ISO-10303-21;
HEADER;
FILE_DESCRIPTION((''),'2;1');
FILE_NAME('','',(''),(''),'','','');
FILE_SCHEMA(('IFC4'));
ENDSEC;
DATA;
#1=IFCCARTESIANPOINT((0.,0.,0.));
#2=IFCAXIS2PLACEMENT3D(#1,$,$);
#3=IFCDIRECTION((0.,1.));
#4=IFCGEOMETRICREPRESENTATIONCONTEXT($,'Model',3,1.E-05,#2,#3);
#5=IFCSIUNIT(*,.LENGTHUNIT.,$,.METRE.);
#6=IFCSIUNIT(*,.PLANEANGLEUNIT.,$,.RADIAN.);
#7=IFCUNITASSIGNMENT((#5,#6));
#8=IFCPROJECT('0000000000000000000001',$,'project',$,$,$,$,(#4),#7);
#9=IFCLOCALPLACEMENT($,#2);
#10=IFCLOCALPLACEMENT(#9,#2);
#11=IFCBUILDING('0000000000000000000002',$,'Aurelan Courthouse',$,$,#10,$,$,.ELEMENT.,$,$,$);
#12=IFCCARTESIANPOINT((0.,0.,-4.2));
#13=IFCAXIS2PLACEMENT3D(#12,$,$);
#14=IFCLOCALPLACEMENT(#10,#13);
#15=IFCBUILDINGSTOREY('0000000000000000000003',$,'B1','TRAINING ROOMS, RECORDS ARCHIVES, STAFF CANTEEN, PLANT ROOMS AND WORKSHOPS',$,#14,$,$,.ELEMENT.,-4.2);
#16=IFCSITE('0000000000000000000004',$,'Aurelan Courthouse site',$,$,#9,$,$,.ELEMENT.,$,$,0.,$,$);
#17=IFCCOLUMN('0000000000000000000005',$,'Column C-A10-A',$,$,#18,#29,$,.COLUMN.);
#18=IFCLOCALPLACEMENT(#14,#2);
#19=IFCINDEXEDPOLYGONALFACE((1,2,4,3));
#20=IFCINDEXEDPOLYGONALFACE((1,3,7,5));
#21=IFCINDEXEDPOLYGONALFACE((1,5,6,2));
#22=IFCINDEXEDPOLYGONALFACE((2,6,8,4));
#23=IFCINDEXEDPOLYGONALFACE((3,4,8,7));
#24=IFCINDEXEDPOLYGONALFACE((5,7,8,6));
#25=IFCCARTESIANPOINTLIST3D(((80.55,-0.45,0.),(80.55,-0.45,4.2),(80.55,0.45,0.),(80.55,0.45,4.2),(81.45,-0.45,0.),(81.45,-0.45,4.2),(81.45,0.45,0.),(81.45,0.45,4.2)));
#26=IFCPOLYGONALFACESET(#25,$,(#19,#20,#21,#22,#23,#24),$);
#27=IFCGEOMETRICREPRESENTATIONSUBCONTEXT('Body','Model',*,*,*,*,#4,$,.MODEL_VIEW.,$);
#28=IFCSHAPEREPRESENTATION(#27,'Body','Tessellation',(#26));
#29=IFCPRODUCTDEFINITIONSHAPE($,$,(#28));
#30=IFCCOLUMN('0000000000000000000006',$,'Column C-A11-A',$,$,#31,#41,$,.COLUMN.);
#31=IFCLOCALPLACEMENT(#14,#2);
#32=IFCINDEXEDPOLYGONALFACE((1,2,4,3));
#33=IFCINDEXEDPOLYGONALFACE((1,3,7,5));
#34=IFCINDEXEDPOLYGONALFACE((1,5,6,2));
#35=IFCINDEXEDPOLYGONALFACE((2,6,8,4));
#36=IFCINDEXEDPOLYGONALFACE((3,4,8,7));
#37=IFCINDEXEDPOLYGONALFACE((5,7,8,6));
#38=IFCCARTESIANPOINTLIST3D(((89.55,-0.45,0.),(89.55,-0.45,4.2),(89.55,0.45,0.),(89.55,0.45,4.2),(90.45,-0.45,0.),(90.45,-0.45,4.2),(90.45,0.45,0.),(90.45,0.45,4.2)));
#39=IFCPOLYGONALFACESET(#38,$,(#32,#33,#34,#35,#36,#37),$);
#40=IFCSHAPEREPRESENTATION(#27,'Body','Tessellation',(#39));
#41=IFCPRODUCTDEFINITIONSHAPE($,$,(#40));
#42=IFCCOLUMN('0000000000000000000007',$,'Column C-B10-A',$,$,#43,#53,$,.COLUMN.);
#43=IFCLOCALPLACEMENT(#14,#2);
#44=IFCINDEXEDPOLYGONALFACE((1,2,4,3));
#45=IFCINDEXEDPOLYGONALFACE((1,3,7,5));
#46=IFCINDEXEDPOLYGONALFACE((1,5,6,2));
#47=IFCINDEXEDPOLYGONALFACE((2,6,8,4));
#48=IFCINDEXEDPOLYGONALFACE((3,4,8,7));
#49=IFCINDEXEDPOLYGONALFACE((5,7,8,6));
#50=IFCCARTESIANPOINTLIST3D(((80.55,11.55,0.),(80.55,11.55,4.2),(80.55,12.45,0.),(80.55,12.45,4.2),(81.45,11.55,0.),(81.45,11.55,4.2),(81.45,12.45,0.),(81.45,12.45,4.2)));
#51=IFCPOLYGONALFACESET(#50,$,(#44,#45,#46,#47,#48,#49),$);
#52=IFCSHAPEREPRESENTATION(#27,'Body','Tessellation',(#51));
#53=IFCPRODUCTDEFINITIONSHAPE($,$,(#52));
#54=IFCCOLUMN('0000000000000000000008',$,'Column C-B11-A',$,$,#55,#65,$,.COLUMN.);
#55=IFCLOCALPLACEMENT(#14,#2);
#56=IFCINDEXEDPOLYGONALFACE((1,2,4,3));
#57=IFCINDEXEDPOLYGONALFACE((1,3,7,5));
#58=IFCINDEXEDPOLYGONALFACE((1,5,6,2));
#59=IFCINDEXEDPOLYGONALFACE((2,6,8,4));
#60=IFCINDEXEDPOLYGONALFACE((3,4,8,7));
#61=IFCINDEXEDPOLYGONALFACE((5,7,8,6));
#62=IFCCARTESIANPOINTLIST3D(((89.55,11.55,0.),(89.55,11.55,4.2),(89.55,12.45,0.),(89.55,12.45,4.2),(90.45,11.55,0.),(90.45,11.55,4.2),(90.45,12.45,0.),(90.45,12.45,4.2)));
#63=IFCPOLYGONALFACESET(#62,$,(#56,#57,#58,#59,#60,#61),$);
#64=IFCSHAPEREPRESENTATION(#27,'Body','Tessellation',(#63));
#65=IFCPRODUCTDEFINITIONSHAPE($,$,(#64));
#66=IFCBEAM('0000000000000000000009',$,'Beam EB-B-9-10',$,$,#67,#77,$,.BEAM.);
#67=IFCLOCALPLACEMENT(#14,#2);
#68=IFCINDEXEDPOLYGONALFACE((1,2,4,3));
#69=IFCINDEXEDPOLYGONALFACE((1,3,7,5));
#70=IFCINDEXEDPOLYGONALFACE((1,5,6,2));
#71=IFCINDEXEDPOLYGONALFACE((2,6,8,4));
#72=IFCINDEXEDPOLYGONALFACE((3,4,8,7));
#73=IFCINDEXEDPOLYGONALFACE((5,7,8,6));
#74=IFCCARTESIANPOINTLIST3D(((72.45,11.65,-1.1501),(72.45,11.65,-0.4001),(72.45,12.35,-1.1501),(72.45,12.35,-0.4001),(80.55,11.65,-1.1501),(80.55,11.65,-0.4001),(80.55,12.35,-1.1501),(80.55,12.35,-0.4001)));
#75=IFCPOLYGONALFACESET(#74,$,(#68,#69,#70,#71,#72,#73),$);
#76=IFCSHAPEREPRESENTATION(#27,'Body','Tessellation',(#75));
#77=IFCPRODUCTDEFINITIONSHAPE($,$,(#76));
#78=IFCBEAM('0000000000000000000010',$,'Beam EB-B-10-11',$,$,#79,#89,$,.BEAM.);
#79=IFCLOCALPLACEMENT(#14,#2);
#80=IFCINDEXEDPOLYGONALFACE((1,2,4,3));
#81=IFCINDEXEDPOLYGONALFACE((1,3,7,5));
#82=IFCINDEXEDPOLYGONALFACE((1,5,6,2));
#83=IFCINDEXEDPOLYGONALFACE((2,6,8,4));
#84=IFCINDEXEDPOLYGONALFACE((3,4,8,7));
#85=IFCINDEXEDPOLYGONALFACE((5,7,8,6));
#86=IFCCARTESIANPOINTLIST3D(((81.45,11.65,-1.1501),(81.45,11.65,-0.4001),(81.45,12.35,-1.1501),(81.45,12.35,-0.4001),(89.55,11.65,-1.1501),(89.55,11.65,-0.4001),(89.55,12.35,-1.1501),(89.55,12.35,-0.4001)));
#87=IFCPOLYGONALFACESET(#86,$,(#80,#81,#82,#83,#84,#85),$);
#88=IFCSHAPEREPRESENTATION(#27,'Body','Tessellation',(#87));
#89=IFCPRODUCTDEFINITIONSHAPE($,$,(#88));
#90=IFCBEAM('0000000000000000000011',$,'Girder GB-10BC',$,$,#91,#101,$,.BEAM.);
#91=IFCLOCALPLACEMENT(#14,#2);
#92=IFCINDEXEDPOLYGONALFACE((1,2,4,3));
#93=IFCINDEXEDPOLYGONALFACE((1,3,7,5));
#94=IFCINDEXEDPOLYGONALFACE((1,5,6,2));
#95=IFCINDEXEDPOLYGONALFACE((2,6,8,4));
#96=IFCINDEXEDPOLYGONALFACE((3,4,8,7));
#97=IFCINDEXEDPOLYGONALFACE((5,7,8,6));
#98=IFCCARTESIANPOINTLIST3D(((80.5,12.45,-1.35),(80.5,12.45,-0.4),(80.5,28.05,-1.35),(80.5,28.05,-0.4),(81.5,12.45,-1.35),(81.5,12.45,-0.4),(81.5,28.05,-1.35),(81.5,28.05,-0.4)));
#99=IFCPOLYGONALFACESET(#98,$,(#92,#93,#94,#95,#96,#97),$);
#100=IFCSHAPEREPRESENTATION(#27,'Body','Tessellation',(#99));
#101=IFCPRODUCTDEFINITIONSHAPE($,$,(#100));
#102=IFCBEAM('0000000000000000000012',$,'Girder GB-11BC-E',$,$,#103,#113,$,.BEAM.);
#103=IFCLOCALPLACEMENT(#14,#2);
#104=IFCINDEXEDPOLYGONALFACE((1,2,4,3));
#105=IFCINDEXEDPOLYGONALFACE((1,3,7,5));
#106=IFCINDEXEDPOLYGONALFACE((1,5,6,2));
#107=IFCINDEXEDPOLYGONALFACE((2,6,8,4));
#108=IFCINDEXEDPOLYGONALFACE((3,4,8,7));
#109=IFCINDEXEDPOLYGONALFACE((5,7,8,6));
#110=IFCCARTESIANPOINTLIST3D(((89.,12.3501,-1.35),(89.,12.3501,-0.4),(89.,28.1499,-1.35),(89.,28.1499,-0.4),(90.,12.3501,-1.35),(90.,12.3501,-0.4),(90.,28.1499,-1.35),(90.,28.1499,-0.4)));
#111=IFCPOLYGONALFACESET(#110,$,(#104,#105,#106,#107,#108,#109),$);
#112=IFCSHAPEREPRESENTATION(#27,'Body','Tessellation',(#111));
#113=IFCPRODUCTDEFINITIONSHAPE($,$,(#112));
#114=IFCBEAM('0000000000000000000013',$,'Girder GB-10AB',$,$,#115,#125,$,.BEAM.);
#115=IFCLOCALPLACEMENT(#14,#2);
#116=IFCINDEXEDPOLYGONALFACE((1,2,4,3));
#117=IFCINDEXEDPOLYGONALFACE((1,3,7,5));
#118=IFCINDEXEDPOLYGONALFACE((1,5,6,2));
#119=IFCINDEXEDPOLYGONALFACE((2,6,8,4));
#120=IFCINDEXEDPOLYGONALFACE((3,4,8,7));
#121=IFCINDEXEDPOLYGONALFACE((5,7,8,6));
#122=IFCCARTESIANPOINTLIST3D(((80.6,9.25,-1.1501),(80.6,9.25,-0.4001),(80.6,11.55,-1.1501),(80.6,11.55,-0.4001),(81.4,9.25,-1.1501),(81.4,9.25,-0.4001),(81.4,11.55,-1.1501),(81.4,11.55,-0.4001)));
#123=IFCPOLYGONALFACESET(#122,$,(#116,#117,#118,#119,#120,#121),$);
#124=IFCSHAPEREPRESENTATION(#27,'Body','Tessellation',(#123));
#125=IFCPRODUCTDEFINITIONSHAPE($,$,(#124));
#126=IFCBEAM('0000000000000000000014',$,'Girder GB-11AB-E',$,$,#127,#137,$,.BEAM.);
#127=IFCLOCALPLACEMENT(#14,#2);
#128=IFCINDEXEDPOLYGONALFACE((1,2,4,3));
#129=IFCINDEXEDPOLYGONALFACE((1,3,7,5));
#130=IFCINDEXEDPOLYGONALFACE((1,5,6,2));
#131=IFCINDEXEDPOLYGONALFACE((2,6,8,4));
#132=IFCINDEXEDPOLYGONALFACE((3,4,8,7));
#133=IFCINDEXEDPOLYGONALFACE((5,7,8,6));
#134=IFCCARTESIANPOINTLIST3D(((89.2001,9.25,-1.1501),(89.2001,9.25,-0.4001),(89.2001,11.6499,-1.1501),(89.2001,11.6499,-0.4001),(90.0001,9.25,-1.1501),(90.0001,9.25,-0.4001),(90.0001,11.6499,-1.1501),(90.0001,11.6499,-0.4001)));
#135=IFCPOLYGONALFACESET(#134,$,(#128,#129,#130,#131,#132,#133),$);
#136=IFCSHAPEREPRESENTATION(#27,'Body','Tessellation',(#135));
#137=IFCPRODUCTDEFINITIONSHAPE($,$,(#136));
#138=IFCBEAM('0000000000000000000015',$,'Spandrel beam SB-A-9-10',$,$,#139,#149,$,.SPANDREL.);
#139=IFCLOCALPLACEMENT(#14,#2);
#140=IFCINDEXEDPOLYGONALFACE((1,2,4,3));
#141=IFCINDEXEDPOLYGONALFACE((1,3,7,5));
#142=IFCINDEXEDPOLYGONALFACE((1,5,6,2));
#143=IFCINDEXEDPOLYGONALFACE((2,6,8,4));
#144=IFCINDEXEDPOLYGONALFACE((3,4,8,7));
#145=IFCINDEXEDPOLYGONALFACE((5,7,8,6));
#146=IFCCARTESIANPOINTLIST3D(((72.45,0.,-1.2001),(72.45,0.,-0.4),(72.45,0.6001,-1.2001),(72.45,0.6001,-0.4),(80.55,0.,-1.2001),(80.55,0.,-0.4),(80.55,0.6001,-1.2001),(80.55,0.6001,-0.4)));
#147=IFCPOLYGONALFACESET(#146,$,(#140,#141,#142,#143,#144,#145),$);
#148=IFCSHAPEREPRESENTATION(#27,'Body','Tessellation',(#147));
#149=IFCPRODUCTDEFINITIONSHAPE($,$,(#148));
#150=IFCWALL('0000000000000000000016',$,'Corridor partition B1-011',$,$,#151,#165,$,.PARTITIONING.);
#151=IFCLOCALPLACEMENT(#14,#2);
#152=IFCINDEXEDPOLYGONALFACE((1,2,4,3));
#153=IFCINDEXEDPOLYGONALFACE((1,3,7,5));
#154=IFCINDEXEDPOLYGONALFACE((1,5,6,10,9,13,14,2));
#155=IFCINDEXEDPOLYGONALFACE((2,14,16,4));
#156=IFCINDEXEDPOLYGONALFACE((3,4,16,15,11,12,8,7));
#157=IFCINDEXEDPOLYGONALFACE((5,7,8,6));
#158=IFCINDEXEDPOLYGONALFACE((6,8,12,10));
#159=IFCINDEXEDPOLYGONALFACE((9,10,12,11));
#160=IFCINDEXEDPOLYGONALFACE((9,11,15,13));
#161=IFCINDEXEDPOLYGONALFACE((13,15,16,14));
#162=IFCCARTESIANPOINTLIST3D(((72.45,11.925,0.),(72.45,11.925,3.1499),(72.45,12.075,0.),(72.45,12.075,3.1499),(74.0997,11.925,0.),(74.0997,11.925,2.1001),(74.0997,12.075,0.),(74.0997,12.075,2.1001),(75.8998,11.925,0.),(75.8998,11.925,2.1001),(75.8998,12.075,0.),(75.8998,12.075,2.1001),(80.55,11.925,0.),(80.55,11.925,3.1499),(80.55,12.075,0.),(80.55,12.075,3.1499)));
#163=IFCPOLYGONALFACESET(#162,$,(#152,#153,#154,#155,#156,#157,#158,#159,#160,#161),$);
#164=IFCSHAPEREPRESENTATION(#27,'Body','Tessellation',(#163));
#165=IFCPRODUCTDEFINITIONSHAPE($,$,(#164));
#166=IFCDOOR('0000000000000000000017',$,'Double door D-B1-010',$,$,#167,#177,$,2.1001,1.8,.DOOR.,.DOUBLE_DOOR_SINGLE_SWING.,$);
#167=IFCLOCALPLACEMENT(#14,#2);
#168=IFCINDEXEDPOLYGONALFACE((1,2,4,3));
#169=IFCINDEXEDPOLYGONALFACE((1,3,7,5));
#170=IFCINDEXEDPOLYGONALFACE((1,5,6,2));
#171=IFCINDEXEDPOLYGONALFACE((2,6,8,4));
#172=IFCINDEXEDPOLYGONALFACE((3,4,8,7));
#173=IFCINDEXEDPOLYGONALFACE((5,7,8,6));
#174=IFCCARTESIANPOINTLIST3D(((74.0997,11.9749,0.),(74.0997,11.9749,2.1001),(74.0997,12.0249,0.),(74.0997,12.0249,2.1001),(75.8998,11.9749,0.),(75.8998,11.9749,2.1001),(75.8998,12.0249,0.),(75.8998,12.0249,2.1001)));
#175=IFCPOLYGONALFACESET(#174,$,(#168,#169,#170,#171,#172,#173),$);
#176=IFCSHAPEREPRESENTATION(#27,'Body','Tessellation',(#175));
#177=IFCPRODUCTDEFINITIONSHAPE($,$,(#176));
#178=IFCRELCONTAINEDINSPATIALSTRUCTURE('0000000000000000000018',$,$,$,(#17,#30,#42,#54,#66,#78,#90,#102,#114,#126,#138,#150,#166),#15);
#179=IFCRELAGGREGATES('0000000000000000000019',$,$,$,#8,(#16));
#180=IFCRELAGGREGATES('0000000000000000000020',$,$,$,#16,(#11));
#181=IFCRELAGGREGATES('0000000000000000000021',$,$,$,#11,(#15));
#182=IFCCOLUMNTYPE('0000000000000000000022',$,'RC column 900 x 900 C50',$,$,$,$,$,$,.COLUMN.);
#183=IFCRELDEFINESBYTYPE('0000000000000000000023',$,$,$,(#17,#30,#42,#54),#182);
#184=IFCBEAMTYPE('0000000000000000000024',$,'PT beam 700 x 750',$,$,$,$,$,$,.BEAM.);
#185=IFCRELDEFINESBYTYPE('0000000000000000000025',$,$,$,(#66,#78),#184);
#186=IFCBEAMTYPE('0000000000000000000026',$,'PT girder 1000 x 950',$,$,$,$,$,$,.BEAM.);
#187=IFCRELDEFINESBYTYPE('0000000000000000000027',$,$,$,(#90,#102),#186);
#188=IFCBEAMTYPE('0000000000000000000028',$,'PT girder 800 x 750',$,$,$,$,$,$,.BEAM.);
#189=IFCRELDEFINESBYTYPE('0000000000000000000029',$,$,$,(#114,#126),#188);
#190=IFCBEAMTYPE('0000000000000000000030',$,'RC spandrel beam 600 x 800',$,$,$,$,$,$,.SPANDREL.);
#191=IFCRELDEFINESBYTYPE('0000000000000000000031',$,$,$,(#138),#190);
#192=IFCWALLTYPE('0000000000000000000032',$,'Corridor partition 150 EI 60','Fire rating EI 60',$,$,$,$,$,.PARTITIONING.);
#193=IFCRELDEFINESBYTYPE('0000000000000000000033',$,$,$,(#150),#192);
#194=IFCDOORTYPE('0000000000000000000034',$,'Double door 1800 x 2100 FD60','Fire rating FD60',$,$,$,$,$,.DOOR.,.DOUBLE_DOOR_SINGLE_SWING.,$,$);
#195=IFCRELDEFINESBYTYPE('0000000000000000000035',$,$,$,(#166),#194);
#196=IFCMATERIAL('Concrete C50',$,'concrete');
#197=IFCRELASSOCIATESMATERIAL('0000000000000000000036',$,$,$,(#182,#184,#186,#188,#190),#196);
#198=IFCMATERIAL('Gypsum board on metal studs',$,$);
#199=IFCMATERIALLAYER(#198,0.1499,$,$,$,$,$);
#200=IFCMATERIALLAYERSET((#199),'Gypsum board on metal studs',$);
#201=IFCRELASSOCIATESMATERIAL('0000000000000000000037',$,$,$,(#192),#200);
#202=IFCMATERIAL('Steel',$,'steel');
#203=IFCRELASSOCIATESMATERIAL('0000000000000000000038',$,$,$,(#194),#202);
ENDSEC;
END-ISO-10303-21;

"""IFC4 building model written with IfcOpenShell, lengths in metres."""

from ifc_helpers import new_model, si_unit, direction, frame, frame_2d, origin, origin_2d, place, context, subcontext, project, spatial, rectangle, extrude, material, layer, layer_set, material_profile, profile_set, type_object, element, fill, save


model = new_model("IFC4")

# Units and contexts
model_context = context("Model", 3, precision=1e-05, world=origin(), true_north=direction((0.0, 1.0)))
body_context = subcontext(model_context, "Body", "Model", "MODEL_VIEW")
ifc_project = project(units=[si_unit("LENGTHUNIT", "METRE"), si_unit("PLANEANGLEUNIT", "RADIAN")], contexts=[model_context])

# Site, building, storey
site_placement = place(None, origin())
site = spatial("IfcSite", under=ifc_project, at=site_placement, Name="Aurelan Courthouse site", CompositionType="ELEMENT", RefElevation=0.0)
building_placement = place(site_placement, origin())
building = spatial("IfcBuilding", under=site, at=building_placement, Name="Aurelan Courthouse", CompositionType="ELEMENT")
storey_placement = place(building_placement, frame((0.0, 0.0, -4.2)))
storey = spatial("IfcBuildingStorey", under=building, at=storey_placement, Name="B1", Description="TRAINING ROOMS, RECORDS ARCHIVES, STAFF CANTEEN, PLANT ROOMS AND WORKSHOPS", CompositionType="ELEMENT", Elevation=-4.2)

# Columns
ifc_material_1 = material(Name="Concrete C50", Category="concrete")
ifc_material_profile_1 = material_profile(ifc_material_1, rectangle(XDim=0.8999, YDim=0.8999, at=origin_2d()), Name="RC 900 x 900")
ifc_profile_set_1 = profile_set([ifc_material_profile_1], Name="Concrete C50")
column_type = type_object("IfcColumnType", Name="RC column 900 x 900 C50", PredefinedType="COLUMN", material=ifc_profile_set_1)
for number, where, z_axis, x_axis, name in (
    (1, (81.0, 0.0, 0.0), (0.0, 0.0, 1.0), (1.0, 0.0, 0.0), "Column C-A10-A"),
    (2, (90.0, 0.0, 0.0), (0.0, 0.0, 1.0), (1.0, 0.0, 0.0), "Column C-A11-A"),
    (3, (81.0, 12.0, 0.0), (0.0, 0.0, 1.0), (1.0, 0.0, 0.0), "Column C-B10-A"),
    (4, (90.0, 12.0, 0.0), (0.0, 0.0, 1.0), (1.0, 0.0, 0.0), "Column C-B11-A"),
):
    element("IfcColumn", number, at=place(storey_placement, frame(where, z_axis=z_axis, x_axis=x_axis)), inside=storey, type_object=column_type, Name=name, PredefinedType="COLUMN", context=body_context, shape_type="SweptSolid", body=[
        extrude(rectangle(XDim=0.8999, YDim=0.8999, at=origin_2d()), origin(), (0.0, 0.0, 1.0), 4.2),
    ])

# Beams
ifc_material_profile_2 = material_profile(ifc_material_1, rectangle(XDim=0.7, YDim=0.75, at=origin_2d()), Name="RC 700 x 750")
ifc_profile_set_2 = profile_set([ifc_material_profile_2], Name="Concrete C50")
beam_type_1 = type_object("IfcBeamType", Name="PT beam 700 x 750", PredefinedType="BEAM", material=ifc_profile_set_2)
for number, where, z_axis, x_axis, name in (
    (5, (72.45, 12.0, -0.7751), (1.0, 0.0, 0.0), (0.0, 1.0, 0.0), "Beam EB-B-9-10"),
    (6, (81.45, 12.0, -0.7751), (1.0, 0.0, 0.0), (0.0, 1.0, 0.0), "Beam EB-B-10-11"),
):
    element("IfcBeam", number, at=place(storey_placement, frame(where, z_axis=z_axis, x_axis=x_axis)), inside=storey, type_object=beam_type_1, Name=name, PredefinedType="BEAM", context=body_context, shape_type="SweptSolid", body=[
        extrude(rectangle(XDim=0.7, YDim=0.75, at=origin_2d()), origin(), (0.0, 0.0, 1.0), 8.1001),
    ])
ifc_material_profile_3 = material_profile(ifc_material_1, rectangle(XDim=1.0, YDim=0.95, at=origin_2d()), Name="RC 1000 x 950")
ifc_profile_set_3 = profile_set([ifc_material_profile_3], Name="Concrete C50")
beam_type_2 = type_object("IfcBeamType", Name="PT girder 1000 x 950", PredefinedType="BEAM", material=ifc_profile_set_3)
beam_1_placement = place(storey_placement, frame((81.0, 12.45, -0.875), z_axis=(0.0, 1.0, 0.0), x_axis=(-1.0, 0.0, 0.0)))
element("IfcBeam", 7, at=beam_1_placement, inside=storey, type_object=beam_type_2, Name="Girder GB-10BC", PredefinedType="BEAM", context=body_context, shape_type="SweptSolid", body=[
    extrude(rectangle(XDim=1.0, YDim=0.95, at=origin_2d()), origin(), (0.0, 0.0, 1.0), 15.6001),
])
beam_2_placement = place(storey_placement, frame((89.5, 12.3501, -0.875), z_axis=(0.0, 1.0, 0.0), x_axis=(-1.0, 0.0, 0.0)))
element("IfcBeam", 8, at=beam_2_placement, inside=storey, type_object=beam_type_2, Name="Girder GB-11BC-E", PredefinedType="BEAM", context=body_context, shape_type="SweptSolid", body=[
    extrude(rectangle(XDim=1.0, YDim=0.95, at=origin_2d()), origin(), (0.0, 0.0, 1.0), 15.7998),
])
ifc_material_profile_4 = material_profile(ifc_material_1, rectangle(XDim=0.8, YDim=0.75, at=origin_2d()), Name="RC 800 x 750")
ifc_profile_set_4 = profile_set([ifc_material_profile_4], Name="Concrete C50")
beam_type_3 = type_object("IfcBeamType", Name="PT girder 800 x 750", PredefinedType="BEAM", material=ifc_profile_set_4)
beam_3_placement = place(storey_placement, frame((81.0, 9.25, -0.7751), z_axis=(0.0, 1.0, 0.0), x_axis=(-1.0, 0.0, 0.0)))
element("IfcBeam", 9, at=beam_3_placement, inside=storey, type_object=beam_type_3, Name="Girder GB-10AB", PredefinedType="BEAM", context=body_context, shape_type="SweptSolid", body=[
    extrude(rectangle(XDim=0.8, YDim=0.75, at=origin_2d()), origin(), (0.0, 0.0, 1.0), 2.3),
])
beam_4_placement = place(storey_placement, frame((89.6001, 9.25, -0.7751), z_axis=(0.0, 1.0, 0.0), x_axis=(-1.0, 0.0, 0.0)))
element("IfcBeam", 10, at=beam_4_placement, inside=storey, type_object=beam_type_3, Name="Girder GB-11AB-E", PredefinedType="BEAM", context=body_context, shape_type="SweptSolid", body=[
    extrude(rectangle(XDim=0.8, YDim=0.75, at=origin_2d()), origin(), (0.0, 0.0, 1.0), 2.3999),
])
ifc_material_profile_5 = material_profile(ifc_material_1, rectangle(XDim=0.6001, YDim=0.8, at=origin_2d()), Name="RC 600 x 800")
ifc_profile_set_5 = profile_set([ifc_material_profile_5], Name="Concrete C50")
beam_type_4 = type_object("IfcBeamType", Name="RC spandrel beam 600 x 800", PredefinedType="SPANDREL", material=ifc_profile_set_5)
beam_5_placement = place(storey_placement, frame((72.45, 0.3, -0.8), z_axis=(1.0, 0.0, 0.0), x_axis=(0.0, 1.0, 0.0)))
element("IfcBeam", 11, at=beam_5_placement, inside=storey, type_object=beam_type_4, Name="Spandrel beam SB-A-9-10", PredefinedType="SPANDREL", context=body_context, shape_type="SweptSolid", body=[
    extrude(rectangle(XDim=0.6001, YDim=0.8, at=origin_2d()), origin(), (0.0, 0.0, 1.0), 8.1001),
])

# Wall, opening, door
ifc_material_2 = material(Name="Gypsum board on metal studs")
ifc_layer_1 = layer(ifc_material_2, 0.1499)
ifc_layer_set_1 = layer_set([ifc_layer_1], Name="Gypsum board on metal studs")
wall_type_1 = type_object("IfcWallType", Name="Corridor partition 150 EI 60", Description="Fire rating EI 60", PredefinedType="PARTITIONING", material=ifc_layer_set_1)
wall_1_placement = place(storey_placement, frame((72.45, 12.0, 0.0), z_axis=(0.0, 0.0, 1.0), x_axis=(1.0, 0.0, 0.0)))
wall_1 = element("IfcWall", 12, at=wall_1_placement, inside=storey, type_object=wall_type_1, Name="Corridor partition B1-011", PredefinedType="PARTITIONING", context=body_context, shape_type="SweptSolid", body=[
    extrude(rectangle(XDim=8.1001, YDim=0.1499, at=frame_2d((4.05, 0.0))), origin(), (0.0, 0.0, 1.0), 3.1499),
])
opening_1_placement = place(wall_1_placement, frame((1.6499, 0.0, 0.0)))
opening_1 = element("IfcOpeningElement", 13, at=opening_1_placement, cuts=wall_1, PredefinedType="OPENING", context=body_context, shape_type="SweptSolid", body=[
    extrude(rectangle(XDim=1.8, YDim=2.1001, at=frame_2d((0.8999, 1.05))), frame((0.0, 0.085, 0.0), z_axis=(0.0, -1.0, 0.0), x_axis=(1.0, 0.0, 0.0)), (0.0, 0.0, 1.0), 0.1699),
])
ifc_material_3 = material(Name="Steel", Category="steel")
door_type_1 = type_object("IfcDoorType", Name="Double door 1800 x 2100 FD60", Description="Fire rating FD60", OperationType="DOUBLE_DOOR_SINGLE_SWING", PredefinedType="DOOR", material=ifc_material_3)
door_1_placement = place(opening_1_placement, origin())
door_1 = element("IfcDoor", 14, at=door_1_placement, inside=storey, type_object=door_type_1, Name="Double door D-B1-010", OperationType="DOUBLE_DOOR_SINGLE_SWING", OverallHeight=2.1001, OverallWidth=1.8, PredefinedType="DOOR", context=body_context, shape_type="SweptSolid", body=[
    extrude(rectangle(XDim=1.8, YDim=2.1001, at=frame_2d((0.8999, 1.05))), frame((0.0, 0.0249, 0.0), z_axis=(0.0, -1.0, 0.0), x_axis=(1.0, 0.0, 0.0)), (0.0, 0.0, 1.0), 0.05),
])
fill(opening_1, door_1)

save(model, "model.ifc")
